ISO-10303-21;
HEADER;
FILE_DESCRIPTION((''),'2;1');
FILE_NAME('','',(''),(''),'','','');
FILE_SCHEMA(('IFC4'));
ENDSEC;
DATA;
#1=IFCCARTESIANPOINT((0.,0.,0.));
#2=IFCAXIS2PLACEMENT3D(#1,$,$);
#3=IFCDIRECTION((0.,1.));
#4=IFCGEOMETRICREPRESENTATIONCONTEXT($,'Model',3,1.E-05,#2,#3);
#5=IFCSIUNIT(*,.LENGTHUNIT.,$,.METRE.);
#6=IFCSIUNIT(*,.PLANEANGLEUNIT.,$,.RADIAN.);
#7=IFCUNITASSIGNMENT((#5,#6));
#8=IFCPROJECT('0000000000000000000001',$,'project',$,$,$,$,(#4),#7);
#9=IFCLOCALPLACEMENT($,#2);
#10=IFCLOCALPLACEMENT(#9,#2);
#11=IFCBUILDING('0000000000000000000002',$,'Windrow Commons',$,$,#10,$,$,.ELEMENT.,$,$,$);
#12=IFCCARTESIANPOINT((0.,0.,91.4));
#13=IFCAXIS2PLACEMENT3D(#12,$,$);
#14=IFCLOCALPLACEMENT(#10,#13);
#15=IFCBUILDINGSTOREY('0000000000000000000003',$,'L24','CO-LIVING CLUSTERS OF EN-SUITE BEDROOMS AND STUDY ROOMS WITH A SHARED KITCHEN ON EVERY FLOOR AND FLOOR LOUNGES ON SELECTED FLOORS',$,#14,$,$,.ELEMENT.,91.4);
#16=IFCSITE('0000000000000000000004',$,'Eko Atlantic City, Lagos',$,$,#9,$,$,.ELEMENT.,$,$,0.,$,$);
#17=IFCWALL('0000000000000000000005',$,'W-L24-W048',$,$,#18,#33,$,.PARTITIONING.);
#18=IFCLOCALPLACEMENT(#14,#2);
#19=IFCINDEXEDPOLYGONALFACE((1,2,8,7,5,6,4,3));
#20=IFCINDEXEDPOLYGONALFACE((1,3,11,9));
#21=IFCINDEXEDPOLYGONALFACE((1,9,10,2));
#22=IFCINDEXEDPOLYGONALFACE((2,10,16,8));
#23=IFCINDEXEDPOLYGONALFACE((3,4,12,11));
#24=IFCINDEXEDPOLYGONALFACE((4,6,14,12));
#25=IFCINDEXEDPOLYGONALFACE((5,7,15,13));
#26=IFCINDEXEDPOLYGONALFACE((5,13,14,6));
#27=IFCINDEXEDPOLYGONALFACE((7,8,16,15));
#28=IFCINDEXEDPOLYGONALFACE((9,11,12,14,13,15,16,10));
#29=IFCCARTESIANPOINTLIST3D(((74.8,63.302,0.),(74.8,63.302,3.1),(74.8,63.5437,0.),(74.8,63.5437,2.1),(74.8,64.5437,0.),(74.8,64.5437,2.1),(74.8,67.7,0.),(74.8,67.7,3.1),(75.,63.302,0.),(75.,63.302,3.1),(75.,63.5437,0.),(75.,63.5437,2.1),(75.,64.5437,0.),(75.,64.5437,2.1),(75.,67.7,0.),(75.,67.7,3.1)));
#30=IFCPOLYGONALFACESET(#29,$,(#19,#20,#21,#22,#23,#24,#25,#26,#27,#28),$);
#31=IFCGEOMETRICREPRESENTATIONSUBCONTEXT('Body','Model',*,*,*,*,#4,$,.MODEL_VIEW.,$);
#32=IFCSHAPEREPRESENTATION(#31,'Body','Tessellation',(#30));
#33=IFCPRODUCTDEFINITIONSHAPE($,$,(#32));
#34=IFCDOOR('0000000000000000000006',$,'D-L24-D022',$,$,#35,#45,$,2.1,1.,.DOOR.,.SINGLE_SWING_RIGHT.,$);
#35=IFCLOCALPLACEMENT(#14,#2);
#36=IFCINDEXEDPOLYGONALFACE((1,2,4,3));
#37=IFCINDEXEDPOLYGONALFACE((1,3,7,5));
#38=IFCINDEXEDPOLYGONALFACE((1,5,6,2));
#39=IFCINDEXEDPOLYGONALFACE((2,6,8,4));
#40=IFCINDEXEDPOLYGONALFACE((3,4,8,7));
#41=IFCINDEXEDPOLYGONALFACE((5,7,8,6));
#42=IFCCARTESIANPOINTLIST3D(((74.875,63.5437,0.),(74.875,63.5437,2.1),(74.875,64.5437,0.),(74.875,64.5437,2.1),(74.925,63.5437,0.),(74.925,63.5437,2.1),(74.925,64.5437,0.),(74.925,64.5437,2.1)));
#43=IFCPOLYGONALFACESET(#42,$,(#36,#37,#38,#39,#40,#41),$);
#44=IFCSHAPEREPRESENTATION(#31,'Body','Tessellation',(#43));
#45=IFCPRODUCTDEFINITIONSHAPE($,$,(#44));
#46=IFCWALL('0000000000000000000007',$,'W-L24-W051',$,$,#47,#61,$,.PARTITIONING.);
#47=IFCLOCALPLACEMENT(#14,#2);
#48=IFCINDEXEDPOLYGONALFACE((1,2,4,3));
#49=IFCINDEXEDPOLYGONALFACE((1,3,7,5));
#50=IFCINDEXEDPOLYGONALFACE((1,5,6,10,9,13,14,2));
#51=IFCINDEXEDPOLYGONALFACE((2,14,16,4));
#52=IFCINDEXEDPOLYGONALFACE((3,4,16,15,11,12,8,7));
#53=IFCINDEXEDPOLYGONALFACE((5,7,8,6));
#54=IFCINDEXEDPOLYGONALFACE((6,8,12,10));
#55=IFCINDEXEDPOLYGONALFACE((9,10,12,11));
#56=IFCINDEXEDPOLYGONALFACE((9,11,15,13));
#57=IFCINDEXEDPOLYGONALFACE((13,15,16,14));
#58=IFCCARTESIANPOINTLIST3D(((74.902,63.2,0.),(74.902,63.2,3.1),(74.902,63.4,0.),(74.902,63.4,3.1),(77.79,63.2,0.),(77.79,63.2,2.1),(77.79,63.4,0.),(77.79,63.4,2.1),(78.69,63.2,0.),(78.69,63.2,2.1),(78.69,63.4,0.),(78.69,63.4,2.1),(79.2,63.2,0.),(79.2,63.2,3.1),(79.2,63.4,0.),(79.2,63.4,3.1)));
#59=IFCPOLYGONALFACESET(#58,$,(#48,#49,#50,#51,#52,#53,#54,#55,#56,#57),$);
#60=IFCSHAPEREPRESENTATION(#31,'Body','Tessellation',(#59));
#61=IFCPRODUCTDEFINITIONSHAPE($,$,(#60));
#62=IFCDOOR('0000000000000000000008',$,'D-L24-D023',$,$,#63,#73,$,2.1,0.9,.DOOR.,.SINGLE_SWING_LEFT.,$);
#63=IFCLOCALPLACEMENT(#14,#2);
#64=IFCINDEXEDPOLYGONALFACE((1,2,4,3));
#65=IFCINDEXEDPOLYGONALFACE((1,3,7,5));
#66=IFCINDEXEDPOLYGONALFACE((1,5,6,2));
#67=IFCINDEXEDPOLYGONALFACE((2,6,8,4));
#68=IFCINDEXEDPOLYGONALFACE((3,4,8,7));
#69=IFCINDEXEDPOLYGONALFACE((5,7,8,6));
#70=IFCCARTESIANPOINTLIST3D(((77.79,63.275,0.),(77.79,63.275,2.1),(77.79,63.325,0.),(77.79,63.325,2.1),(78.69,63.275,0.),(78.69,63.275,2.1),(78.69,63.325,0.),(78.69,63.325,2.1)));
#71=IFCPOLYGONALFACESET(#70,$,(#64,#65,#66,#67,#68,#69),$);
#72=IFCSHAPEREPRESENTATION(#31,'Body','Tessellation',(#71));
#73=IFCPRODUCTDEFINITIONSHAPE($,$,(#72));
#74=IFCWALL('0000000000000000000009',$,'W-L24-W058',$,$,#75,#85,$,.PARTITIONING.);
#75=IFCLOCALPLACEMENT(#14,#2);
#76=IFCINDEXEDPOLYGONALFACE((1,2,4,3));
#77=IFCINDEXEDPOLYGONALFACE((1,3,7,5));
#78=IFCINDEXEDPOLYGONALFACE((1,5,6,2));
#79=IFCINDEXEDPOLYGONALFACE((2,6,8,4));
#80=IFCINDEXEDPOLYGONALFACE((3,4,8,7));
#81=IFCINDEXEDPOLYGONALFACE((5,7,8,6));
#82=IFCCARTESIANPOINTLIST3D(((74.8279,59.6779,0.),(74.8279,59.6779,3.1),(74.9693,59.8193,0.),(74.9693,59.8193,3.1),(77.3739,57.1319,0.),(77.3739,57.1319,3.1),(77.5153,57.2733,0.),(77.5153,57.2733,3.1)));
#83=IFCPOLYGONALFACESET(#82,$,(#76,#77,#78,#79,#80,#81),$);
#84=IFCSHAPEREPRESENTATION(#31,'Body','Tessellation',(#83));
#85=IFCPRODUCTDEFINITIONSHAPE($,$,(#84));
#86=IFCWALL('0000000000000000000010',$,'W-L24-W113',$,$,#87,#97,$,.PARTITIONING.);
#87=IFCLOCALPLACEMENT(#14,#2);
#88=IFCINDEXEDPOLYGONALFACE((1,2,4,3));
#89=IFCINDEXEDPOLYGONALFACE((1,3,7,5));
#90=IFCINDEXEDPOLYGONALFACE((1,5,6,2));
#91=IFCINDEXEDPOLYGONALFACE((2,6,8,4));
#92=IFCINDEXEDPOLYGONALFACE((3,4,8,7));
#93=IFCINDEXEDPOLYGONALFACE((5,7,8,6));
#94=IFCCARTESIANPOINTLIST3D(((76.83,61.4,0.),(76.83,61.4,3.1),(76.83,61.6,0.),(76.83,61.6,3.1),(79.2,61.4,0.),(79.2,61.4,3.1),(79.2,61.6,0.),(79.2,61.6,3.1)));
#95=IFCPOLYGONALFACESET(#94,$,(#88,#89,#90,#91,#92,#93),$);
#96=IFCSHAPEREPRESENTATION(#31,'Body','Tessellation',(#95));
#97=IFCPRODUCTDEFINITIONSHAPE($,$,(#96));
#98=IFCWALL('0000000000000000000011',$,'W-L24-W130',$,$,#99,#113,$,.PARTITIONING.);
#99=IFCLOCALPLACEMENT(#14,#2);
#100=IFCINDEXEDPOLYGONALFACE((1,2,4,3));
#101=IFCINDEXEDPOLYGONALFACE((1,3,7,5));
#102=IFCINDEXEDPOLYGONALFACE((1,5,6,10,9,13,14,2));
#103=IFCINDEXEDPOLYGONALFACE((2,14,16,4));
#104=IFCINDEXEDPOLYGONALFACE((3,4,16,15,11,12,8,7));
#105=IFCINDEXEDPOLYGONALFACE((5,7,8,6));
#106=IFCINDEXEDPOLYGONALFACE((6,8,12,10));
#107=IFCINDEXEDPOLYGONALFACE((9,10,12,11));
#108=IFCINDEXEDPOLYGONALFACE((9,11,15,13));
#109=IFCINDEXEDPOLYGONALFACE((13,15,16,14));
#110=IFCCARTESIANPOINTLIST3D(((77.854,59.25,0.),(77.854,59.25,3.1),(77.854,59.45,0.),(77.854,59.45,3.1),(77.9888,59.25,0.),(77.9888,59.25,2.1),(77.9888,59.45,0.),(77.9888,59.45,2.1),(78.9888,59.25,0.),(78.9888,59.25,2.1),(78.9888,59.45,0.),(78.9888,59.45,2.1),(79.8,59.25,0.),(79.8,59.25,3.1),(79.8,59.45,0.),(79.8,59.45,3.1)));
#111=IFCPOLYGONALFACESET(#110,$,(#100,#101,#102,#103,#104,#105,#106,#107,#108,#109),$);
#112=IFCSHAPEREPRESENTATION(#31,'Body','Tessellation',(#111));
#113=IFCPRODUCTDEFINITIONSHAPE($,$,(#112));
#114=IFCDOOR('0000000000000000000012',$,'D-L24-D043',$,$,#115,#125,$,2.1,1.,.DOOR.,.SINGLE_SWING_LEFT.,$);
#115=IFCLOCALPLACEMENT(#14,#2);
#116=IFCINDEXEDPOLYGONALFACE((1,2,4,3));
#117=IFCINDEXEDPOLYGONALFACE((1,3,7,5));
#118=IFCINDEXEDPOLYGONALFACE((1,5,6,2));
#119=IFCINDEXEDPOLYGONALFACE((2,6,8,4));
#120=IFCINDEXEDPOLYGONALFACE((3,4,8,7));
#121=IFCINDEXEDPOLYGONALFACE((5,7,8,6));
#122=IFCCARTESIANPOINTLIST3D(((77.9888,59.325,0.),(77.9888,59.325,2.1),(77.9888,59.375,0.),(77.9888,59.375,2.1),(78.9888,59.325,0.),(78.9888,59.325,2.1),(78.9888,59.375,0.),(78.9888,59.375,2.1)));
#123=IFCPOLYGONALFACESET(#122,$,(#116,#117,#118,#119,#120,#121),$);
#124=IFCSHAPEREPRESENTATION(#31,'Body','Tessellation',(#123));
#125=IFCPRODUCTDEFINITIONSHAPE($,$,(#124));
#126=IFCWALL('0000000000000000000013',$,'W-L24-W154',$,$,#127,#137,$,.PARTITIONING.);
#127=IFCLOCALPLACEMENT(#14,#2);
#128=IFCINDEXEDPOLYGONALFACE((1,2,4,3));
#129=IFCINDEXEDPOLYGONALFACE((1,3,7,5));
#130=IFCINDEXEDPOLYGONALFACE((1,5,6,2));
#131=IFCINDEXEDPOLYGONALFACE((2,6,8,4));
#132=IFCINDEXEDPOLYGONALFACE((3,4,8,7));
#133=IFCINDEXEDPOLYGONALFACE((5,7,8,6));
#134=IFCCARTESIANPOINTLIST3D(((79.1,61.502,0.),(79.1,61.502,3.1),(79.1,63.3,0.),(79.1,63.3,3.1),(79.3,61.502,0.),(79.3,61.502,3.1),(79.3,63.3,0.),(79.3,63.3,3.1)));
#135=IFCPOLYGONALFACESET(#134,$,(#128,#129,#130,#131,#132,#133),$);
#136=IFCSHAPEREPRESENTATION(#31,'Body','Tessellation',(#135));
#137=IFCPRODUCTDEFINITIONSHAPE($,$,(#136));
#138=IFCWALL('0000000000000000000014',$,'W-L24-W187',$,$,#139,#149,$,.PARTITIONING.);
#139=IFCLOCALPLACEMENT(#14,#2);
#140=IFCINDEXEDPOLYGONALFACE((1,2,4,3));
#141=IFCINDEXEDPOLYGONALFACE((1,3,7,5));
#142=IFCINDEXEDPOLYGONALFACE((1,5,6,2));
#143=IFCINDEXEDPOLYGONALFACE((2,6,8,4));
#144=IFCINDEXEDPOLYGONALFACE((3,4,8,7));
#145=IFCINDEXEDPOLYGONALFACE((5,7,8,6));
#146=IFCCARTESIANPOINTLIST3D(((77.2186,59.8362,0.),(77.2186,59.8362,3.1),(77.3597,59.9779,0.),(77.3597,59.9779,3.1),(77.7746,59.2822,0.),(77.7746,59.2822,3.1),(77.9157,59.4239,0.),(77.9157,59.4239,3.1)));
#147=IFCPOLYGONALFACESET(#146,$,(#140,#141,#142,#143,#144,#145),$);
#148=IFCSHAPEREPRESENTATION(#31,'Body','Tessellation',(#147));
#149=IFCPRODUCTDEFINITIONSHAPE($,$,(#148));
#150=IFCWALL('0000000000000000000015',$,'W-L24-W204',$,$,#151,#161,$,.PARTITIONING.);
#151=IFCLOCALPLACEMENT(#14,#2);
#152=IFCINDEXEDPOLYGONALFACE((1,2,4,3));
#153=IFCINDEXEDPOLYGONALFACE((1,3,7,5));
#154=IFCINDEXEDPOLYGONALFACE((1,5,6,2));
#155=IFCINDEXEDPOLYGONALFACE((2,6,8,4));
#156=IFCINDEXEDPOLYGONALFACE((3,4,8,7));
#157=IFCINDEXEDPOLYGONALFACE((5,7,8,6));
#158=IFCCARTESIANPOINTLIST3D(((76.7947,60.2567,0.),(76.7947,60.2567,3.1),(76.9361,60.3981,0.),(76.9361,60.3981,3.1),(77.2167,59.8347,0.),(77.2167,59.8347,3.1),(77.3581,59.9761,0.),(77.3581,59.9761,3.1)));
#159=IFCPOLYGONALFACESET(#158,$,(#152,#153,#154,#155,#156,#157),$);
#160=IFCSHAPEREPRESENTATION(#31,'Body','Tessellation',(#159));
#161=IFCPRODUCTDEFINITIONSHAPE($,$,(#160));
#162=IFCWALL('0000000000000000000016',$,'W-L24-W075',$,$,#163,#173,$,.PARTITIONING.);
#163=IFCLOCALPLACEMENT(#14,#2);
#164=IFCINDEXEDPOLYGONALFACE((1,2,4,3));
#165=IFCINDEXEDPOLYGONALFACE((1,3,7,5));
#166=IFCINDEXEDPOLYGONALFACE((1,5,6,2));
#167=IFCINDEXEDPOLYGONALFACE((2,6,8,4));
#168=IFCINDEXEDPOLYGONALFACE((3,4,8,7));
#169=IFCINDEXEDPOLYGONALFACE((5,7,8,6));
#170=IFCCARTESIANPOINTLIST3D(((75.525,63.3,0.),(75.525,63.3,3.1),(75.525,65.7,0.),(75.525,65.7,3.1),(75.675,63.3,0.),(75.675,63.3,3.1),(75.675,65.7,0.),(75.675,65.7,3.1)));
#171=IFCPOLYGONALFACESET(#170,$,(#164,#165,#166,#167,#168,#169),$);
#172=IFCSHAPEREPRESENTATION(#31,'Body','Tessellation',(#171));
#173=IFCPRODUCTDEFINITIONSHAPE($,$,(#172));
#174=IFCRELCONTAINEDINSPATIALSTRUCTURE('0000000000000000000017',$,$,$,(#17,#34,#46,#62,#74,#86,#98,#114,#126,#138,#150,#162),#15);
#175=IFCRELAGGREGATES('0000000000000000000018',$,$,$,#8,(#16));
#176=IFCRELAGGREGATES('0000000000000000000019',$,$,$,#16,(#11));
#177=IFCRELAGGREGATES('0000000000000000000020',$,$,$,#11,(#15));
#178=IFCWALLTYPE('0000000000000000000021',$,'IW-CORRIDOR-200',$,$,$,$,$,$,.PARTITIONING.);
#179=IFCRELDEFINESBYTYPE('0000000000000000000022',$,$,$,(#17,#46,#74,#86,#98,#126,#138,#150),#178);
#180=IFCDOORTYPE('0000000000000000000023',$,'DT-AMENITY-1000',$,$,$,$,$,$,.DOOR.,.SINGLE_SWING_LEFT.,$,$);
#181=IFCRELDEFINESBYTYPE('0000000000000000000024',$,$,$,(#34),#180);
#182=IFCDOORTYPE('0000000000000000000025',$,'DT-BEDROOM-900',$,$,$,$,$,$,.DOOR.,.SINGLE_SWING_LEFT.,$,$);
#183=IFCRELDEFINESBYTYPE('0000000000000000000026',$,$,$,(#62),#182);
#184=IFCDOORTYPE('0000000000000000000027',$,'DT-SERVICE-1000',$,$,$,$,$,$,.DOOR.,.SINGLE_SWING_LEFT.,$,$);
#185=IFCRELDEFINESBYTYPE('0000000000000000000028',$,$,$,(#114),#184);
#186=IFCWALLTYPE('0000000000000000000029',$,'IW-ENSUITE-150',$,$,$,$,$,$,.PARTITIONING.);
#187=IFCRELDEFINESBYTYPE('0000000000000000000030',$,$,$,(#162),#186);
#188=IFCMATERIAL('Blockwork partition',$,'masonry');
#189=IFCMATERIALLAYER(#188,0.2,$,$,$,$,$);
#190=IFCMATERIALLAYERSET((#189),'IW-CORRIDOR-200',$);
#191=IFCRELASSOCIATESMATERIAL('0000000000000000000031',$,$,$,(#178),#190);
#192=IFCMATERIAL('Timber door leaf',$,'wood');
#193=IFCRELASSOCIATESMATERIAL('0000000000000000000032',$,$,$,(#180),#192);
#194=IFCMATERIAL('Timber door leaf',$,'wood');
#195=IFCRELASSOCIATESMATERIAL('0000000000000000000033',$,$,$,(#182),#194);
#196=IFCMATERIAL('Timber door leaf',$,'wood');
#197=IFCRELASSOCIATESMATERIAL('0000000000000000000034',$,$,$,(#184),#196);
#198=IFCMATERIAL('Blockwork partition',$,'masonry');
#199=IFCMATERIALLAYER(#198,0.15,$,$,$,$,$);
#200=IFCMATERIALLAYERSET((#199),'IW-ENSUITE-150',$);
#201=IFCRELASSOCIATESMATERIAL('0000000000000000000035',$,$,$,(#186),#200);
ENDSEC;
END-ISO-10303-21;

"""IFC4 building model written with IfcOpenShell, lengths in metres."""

from ifc_helpers import new_model, si_unit, direction, frame, frame_2d, origin, place, context, subcontext, project, spatial, rectangle, extrude, material, layer, layer_set, type_object, element, fill, save


model = new_model("IFC4")

# Units and contexts
model_context = context("Model", 3, precision=1e-05, world=origin(), true_north=direction((0.0, 1.0)))
body_context = subcontext(model_context, "Body", "Model", "MODEL_VIEW")
ifc_project = project(units=[si_unit("LENGTHUNIT", "METRE"), si_unit("PLANEANGLEUNIT", "RADIAN")], contexts=[model_context])

# Site, building, storey
site_placement = place(None, origin())
site = spatial("IfcSite", under=ifc_project, at=site_placement, Name="Eko Atlantic City, Lagos", CompositionType="ELEMENT", RefElevation=0.0)
building_placement = place(site_placement, origin())
building = spatial("IfcBuilding", under=site, at=building_placement, Name="Windrow Commons", CompositionType="ELEMENT")
storey_placement = place(building_placement, frame((0.0, 0.0, 91.4)))
storey = spatial("IfcBuildingStorey", under=building, at=storey_placement, Name="L24", Description="CO-LIVING CLUSTERS OF EN-SUITE BEDROOMS AND STUDY ROOMS WITH A SHARED KITCHEN ON EVERY FLOOR AND FLOOR LOUNGES ON SELECTED FLOORS", CompositionType="ELEMENT", Elevation=91.4)

# Walls, openings, doors
ifc_material_1 = material(Name="Blockwork partition", Category="masonry")
ifc_layer_1 = layer(ifc_material_1, 0.2)
ifc_layer_set_1 = layer_set([ifc_layer_1], Name="IW-CORRIDOR-200")
wall_type_1 = type_object("IfcWallType", Name="IW-CORRIDOR-200", PredefinedType="PARTITIONING", material=ifc_layer_set_1)
wall_1_placement = place(storey_placement, frame((74.9, 63.302, 0.0), z_axis=(0.0, 0.0, 1.0), x_axis=(0.0, 1.0, 0.0)))
wall_1 = element("IfcWall", 1, at=wall_1_placement, inside=storey, type_object=wall_type_1, Name="W-L24-W048", PredefinedType="PARTITIONING", context=body_context, shape_type="SweptSolid", body=[
    extrude(rectangle(XDim=4.398, YDim=0.2, at=frame_2d((2.199, 0.0))), origin(), (0.0, 0.0, 1.0), 3.1),
])
opening_1_placement = place(wall_1_placement, frame((0.2417, 0.0, 0.0)))
opening_1 = element("IfcOpeningElement", 2, at=opening_1_placement, cuts=wall_1, PredefinedType="OPENING", context=body_context, shape_type="SweptSolid", body=[
    extrude(rectangle(XDim=1.0, YDim=2.1, at=frame_2d((0.5, 1.05))), frame((0.0, 0.11, 0.0), z_axis=(0.0, -1.0, 0.0), x_axis=(1.0, 0.0, 0.0)), (0.0, 0.0, 1.0), 0.22),
])
ifc_material_2 = material(Name="Timber door leaf", Category="wood")
door_type_1 = type_object("IfcDoorType", Name="DT-AMENITY-1000", OperationType="SINGLE_SWING_LEFT", PredefinedType="DOOR", material=ifc_material_2)
door_1_placement = place(opening_1_placement, origin())
door_1 = element("IfcDoor", 3, at=door_1_placement, inside=storey, type_object=door_type_1, Name="D-L24-D022", OperationType="SINGLE_SWING_RIGHT", OverallHeight=2.1, OverallWidth=1.0, PredefinedType="DOOR", context=body_context, shape_type="SweptSolid", body=[
    extrude(rectangle(XDim=1.0, YDim=2.1, at=frame_2d((0.5, 1.05))), frame((0.0, 0.025, 0.0), z_axis=(0.0, -1.0, 0.0), x_axis=(1.0, 0.0, 0.0)), (0.0, 0.0, 1.0), 0.05),
])
fill(opening_1, door_1)
wall_2_placement = place(storey_placement, frame((74.902, 63.3, 0.0), z_axis=(0.0, 0.0, 1.0), x_axis=(1.0, 0.0, 0.0)))
wall_2 = element("IfcWall", 4, at=wall_2_placement, inside=storey, type_object=wall_type_1, Name="W-L24-W051", PredefinedType="PARTITIONING", context=body_context, shape_type="SweptSolid", body=[
    extrude(rectangle(XDim=4.298, YDim=0.2, at=frame_2d((2.149, 0.0))), origin(), (0.0, 0.0, 1.0), 3.1),
])
opening_2_placement = place(wall_2_placement, frame((2.888, 0.0, 0.0)))
opening_2 = element("IfcOpeningElement", 5, at=opening_2_placement, cuts=wall_2, PredefinedType="OPENING", context=body_context, shape_type="SweptSolid", body=[
    extrude(rectangle(XDim=0.9, YDim=2.1, at=frame_2d((0.45, 1.05))), frame((0.0, 0.11, 0.0), z_axis=(0.0, -1.0, 0.0), x_axis=(1.0, 0.0, 0.0)), (0.0, 0.0, 1.0), 0.22),
])
ifc_material_3 = material(Name="Timber door leaf", Category="wood")
door_type_2 = type_object("IfcDoorType", Name="DT-BEDROOM-900", OperationType="SINGLE_SWING_LEFT", PredefinedType="DOOR", material=ifc_material_3)
door_2_placement = place(opening_2_placement, origin())
door_2 = element("IfcDoor", 6, at=door_2_placement, inside=storey, type_object=door_type_2, Name="D-L24-D023", OperationType="SINGLE_SWING_LEFT", OverallHeight=2.1, OverallWidth=0.9, PredefinedType="DOOR", context=body_context, shape_type="SweptSolid", body=[
    extrude(rectangle(XDim=0.9, YDim=2.1, at=frame_2d((0.45, 1.05))), frame((0.0, 0.025, 0.0), z_axis=(0.0, -1.0, 0.0), x_axis=(1.0, 0.0, 0.0)), (0.0, 0.0, 1.0), 0.05),
])
fill(opening_2, door_2)

# Walls
wall_3_placement = place(storey_placement, frame((74.8986, 59.7486, 0.0), z_axis=(0.0, 0.0, 1.0), x_axis=(0.707107, -0.707107, 0.0)))
element("IfcWall", 7, at=wall_3_placement, inside=storey, type_object=wall_type_1, Name="W-L24-W058", PredefinedType="PARTITIONING", context=body_context, shape_type="SweptSolid", body=[
    extrude(rectangle(XDim=3.6006, YDim=0.2, at=frame_2d((1.8003, 0.0))), origin(), (0.0, 0.0, 1.0), 3.1),
])
wall_4_placement = place(storey_placement, frame((76.83, 61.5, 0.0), z_axis=(0.0, 0.0, 1.0), x_axis=(1.0, 0.0, 0.0)))
element("IfcWall", 8, at=wall_4_placement, inside=storey, type_object=wall_type_1, Name="W-L24-W113", PredefinedType="PARTITIONING", context=body_context, shape_type="SweptSolid", body=[
    extrude(rectangle(XDim=2.37, YDim=0.2, at=frame_2d((1.185, 0.0))), origin(), (0.0, 0.0, 1.0), 3.1),
])

# Wall, opening, door
wall_5_placement = place(storey_placement, frame((77.854, 59.35, 0.0), z_axis=(0.0, 0.0, 1.0), x_axis=(1.0, 0.0, 0.0)))
wall_5 = element("IfcWall", 9, at=wall_5_placement, inside=storey, type_object=wall_type_1, Name="W-L24-W130", PredefinedType="PARTITIONING", context=body_context, shape_type="SweptSolid", body=[
    extrude(rectangle(XDim=1.946, YDim=0.2, at=frame_2d((0.973, 0.0))), origin(), (0.0, 0.0, 1.0), 3.1),
])
opening_3_placement = place(wall_5_placement, frame((0.1348, 0.0, 0.0)))
opening_3 = element("IfcOpeningElement", 10, at=opening_3_placement, cuts=wall_5, PredefinedType="OPENING", context=body_context, shape_type="SweptSolid", body=[
    extrude(rectangle(XDim=1.0, YDim=2.1, at=frame_2d((0.5, 1.05))), frame((0.0, 0.11, 0.0), z_axis=(0.0, -1.0, 0.0), x_axis=(1.0, 0.0, 0.0)), (0.0, 0.0, 1.0), 0.22),
])
ifc_material_4 = material(Name="Timber door leaf", Category="wood")
door_type_3 = type_object("IfcDoorType", Name="DT-SERVICE-1000", OperationType="SINGLE_SWING_LEFT", PredefinedType="DOOR", material=ifc_material_4)
door_3_placement = place(opening_3_placement, origin())
door_3 = element("IfcDoor", 11, at=door_3_placement, inside=storey, type_object=door_type_3, Name="D-L24-D043", OperationType="SINGLE_SWING_LEFT", OverallHeight=2.1, OverallWidth=1.0, PredefinedType="DOOR", context=body_context, shape_type="SweptSolid", body=[
    extrude(rectangle(XDim=1.0, YDim=2.1, at=frame_2d((0.5, 1.05))), frame((0.0, 0.025, 0.0), z_axis=(0.0, -1.0, 0.0), x_axis=(1.0, 0.0, 0.0)), (0.0, 0.0, 1.0), 0.05),
])
fill(opening_3, door_3)

# Walls
wall_6_placement = place(storey_placement, frame((79.2, 61.502, 0.0), z_axis=(0.0, 0.0, 1.0), x_axis=(0.0, 1.0, 0.0)))
element("IfcWall", 12, at=wall_6_placement, inside=storey, type_object=wall_type_1, Name="W-L24-W154", PredefinedType="PARTITIONING", context=body_context, shape_type="SweptSolid", body=[
    extrude(rectangle(XDim=1.798, YDim=0.2, at=frame_2d((0.899, 0.0))), origin(), (0.0, 0.0, 1.0), 3.1),
])
wall_7_placement = place(storey_placement, frame((77.2891, 59.9071, 0.0), z_axis=(0.0, 0.0, 1.0), x_axis=(0.70838, -0.705832, 0.0)))
element("IfcWall", 13, at=wall_7_placement, inside=storey, type_object=wall_type_1, Name="W-L24-W187", PredefinedType="PARTITIONING", context=body_context, shape_type="SweptSolid", body=[
    extrude(rectangle(XDim=0.7849, YDim=0.2, at=frame_2d((0.3925, 0.0))), origin(), (0.0, 0.0, 1.0), 3.1),
])
wall_8_placement = place(storey_placement, frame((76.8654, 60.3274, 0.0), z_axis=(0.0, 0.0, 1.0), x_axis=(0.707107, -0.707107, 0.0)))
element("IfcWall", 14, at=wall_8_placement, inside=storey, type_object=wall_type_1, Name="W-L24-W204", PredefinedType="PARTITIONING", context=body_context, shape_type="SweptSolid", body=[
    extrude(rectangle(XDim=0.5968, YDim=0.2, at=frame_2d((0.2984, 0.0))), origin(), (0.0, 0.0, 1.0), 3.1),
])
ifc_material_5 = material(Name="Blockwork partition", Category="masonry")
ifc_layer_2 = layer(ifc_material_5, 0.15)
ifc_layer_set_2 = layer_set([ifc_layer_2], Name="IW-ENSUITE-150")
wall_type_2 = type_object("IfcWallType", Name="IW-ENSUITE-150", PredefinedType="PARTITIONING", material=ifc_layer_set_2)
for number, where, z_axis, x_axis, name in (
    (15, (75.6, 63.3, 0.0), (0.0, 0.0, 1.0), (0.0, 1.0, 0.0), "W-L24-W075"),
):
    element("IfcWall", number, at=place(storey_placement, frame(where, z_axis=z_axis, x_axis=x_axis)), inside=storey, type_object=wall_type_2, Name=name, PredefinedType="PARTITIONING", context=body_context, shape_type="SweptSolid", body=[
        extrude(rectangle(XDim=2.4, YDim=0.15, at=frame_2d((1.2, 0.0))), origin(), (0.0, 0.0, 1.0), 3.1),
    ])

save(model, "model.ifc")
